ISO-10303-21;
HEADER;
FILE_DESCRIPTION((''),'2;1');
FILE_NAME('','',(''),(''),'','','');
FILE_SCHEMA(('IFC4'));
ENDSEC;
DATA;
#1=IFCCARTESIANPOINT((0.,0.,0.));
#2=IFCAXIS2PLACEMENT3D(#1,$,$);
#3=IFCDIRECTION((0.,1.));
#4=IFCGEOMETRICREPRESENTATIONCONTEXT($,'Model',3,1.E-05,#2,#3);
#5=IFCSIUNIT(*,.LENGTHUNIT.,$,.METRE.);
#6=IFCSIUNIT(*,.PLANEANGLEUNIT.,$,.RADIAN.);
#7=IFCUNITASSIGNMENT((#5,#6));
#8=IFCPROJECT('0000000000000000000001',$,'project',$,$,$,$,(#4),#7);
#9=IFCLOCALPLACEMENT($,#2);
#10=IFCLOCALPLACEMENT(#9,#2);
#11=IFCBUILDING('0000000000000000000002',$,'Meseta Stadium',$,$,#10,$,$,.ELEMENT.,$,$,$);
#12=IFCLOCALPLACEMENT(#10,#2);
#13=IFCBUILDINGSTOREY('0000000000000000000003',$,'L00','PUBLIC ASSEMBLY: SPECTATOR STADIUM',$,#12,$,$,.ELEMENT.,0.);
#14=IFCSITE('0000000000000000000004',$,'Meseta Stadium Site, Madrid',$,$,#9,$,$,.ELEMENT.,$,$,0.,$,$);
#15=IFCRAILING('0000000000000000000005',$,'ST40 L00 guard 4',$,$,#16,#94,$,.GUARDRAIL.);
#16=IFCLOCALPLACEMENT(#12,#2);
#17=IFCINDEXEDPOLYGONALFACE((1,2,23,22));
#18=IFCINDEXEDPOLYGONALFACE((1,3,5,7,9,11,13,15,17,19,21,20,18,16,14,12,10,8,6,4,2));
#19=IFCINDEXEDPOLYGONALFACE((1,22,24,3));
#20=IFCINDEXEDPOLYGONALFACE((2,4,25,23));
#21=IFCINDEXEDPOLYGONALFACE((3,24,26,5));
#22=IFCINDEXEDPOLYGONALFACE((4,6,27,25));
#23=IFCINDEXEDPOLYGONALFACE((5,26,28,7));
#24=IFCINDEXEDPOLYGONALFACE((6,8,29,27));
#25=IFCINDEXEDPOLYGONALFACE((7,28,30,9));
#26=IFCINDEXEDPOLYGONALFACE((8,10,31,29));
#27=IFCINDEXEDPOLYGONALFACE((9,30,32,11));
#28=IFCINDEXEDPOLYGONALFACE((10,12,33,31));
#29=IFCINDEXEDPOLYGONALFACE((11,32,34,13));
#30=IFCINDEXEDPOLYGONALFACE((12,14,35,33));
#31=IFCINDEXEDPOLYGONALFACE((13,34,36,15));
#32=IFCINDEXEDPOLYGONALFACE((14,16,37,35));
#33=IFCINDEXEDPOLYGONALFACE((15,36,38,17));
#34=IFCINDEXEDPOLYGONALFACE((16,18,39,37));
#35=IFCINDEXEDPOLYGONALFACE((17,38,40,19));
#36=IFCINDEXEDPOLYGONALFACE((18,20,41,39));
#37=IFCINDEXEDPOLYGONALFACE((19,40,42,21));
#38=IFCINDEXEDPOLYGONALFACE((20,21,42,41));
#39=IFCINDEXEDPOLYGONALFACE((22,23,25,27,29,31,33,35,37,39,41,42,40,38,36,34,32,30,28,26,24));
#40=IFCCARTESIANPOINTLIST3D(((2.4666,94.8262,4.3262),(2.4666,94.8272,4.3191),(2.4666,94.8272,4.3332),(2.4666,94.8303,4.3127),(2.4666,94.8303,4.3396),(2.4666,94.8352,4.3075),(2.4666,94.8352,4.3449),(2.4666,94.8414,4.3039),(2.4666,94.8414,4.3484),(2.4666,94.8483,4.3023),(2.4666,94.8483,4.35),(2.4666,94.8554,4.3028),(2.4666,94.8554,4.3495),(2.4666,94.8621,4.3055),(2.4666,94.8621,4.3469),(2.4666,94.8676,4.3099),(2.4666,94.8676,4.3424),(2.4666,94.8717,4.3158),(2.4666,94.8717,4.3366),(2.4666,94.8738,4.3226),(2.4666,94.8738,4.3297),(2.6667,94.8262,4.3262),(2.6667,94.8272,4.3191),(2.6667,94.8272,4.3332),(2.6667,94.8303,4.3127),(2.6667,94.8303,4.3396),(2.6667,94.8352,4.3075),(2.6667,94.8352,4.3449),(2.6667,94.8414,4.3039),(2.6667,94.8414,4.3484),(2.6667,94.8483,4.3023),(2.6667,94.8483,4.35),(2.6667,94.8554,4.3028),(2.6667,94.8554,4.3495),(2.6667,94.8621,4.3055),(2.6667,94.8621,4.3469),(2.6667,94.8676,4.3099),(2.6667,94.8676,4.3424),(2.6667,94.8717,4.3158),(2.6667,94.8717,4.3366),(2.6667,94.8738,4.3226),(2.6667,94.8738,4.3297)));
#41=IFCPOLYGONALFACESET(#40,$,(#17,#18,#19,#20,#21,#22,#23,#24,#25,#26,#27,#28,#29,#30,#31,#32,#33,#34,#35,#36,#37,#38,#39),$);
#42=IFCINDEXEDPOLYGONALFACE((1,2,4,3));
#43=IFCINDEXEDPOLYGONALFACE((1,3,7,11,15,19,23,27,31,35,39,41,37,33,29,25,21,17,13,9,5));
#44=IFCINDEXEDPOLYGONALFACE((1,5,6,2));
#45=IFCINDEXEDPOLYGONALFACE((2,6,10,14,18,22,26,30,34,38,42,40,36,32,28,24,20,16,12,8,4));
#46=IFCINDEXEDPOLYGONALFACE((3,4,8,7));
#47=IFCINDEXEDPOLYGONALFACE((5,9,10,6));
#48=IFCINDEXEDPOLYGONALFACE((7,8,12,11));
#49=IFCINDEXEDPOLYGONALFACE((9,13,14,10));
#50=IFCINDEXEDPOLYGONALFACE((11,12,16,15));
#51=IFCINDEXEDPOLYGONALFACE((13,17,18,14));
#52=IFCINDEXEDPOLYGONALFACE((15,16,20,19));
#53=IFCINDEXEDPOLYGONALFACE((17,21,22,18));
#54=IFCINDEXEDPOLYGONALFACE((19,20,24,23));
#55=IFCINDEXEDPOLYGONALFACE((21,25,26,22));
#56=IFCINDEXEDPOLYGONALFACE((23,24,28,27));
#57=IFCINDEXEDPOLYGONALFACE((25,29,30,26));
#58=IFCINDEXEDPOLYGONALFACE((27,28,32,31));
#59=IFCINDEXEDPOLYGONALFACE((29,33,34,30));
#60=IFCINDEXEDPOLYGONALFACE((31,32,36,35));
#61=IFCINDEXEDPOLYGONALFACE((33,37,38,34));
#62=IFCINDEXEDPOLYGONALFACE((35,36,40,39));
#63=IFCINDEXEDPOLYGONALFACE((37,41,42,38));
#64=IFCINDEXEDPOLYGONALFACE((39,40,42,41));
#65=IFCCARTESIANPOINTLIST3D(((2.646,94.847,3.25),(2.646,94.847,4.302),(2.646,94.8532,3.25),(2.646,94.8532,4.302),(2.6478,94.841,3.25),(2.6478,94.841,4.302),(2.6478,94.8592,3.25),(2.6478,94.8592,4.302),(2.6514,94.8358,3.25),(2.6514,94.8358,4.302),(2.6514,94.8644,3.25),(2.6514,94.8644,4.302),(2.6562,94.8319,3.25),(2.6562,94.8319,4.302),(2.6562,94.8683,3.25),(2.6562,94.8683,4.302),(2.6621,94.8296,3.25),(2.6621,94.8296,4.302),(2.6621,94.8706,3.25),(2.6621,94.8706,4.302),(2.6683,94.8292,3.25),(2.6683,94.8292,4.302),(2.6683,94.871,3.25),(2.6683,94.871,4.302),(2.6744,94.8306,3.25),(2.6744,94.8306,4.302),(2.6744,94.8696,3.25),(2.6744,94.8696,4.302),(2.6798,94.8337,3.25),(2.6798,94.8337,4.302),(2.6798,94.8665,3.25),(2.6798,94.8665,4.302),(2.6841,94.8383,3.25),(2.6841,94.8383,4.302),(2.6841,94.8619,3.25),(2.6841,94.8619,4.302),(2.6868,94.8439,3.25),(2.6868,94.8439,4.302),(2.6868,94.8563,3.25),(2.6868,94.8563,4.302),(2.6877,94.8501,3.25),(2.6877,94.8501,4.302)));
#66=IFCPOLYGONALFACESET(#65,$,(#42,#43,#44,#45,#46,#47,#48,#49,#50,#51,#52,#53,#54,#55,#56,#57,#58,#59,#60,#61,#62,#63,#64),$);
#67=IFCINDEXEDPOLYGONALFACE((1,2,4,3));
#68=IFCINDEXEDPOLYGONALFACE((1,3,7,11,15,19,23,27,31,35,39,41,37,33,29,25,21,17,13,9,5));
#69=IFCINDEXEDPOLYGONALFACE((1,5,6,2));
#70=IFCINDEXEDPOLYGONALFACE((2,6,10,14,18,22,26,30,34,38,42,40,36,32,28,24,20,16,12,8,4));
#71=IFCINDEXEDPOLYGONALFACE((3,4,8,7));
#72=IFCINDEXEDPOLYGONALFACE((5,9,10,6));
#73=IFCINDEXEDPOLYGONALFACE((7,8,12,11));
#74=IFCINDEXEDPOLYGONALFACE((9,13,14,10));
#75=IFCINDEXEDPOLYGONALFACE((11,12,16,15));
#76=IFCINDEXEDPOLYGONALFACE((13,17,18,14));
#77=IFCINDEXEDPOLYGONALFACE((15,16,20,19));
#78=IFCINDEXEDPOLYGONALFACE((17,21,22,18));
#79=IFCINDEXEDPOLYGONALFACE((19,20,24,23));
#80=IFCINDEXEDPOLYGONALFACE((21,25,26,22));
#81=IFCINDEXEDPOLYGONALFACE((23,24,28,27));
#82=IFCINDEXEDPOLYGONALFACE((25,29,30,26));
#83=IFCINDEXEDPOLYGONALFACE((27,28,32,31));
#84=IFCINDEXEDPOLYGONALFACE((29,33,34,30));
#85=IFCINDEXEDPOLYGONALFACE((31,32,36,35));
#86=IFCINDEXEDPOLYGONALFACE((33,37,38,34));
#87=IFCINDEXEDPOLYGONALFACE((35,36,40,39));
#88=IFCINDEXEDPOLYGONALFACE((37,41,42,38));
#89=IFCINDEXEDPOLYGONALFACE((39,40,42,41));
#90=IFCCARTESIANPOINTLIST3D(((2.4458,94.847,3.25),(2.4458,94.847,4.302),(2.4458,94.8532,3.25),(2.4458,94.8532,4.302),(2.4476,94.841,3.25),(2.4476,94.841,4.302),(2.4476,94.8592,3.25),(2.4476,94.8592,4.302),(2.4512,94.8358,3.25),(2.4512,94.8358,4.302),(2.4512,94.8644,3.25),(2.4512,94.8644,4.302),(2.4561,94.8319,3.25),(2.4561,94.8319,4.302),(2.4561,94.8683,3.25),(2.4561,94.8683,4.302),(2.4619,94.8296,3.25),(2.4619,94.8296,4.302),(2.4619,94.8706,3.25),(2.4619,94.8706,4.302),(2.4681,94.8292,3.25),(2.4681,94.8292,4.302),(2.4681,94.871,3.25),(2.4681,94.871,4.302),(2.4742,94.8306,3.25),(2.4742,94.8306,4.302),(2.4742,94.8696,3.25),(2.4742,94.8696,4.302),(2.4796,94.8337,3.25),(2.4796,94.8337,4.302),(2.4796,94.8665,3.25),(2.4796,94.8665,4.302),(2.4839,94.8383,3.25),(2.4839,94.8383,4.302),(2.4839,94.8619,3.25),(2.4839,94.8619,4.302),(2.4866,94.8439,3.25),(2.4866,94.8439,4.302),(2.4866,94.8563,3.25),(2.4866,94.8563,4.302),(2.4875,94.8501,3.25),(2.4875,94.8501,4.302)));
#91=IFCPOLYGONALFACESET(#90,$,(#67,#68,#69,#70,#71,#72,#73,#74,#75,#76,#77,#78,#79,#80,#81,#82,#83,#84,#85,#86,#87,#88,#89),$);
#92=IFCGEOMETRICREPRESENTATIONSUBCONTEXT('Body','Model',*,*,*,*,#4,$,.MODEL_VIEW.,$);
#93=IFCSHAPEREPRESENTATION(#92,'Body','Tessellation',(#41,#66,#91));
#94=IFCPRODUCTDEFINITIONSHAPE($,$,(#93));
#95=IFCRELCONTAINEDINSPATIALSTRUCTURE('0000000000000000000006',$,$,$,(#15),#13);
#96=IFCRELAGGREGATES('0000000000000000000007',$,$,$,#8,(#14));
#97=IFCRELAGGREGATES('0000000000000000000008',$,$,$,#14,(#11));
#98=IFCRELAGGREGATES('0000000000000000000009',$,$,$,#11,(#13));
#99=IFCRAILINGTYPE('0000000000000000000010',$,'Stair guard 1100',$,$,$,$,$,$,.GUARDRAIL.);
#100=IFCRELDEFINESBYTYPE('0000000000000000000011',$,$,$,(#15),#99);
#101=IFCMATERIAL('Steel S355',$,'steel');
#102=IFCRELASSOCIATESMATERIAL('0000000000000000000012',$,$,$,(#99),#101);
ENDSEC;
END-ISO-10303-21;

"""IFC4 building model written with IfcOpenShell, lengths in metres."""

from ifc_helpers import new_model, si_unit, direction, frame, origin, origin_2d, place, context, subcontext, project, spatial, circle, extrude, material, type_object, element, save


model = new_model("IFC4")

# Units and contexts
model_context = context("Model", 3, precision=1e-05, world=origin(), true_north=direction((0.0, 1.0)))
body_context = subcontext(model_context, "Body", "Model", "MODEL_VIEW")
ifc_project = project(units=[si_unit("LENGTHUNIT", "METRE"), si_unit("PLANEANGLEUNIT", "RADIAN")], contexts=[model_context])

# Site, building, storey
site_placement = place(None, origin())
site = spatial("IfcSite", under=ifc_project, at=site_placement, Name="Meseta Stadium Site, Madrid", CompositionType="ELEMENT", RefElevation=0.0)
building_placement = place(site_placement, origin())
building = spatial("IfcBuilding", under=site, at=building_placement, Name="Meseta Stadium", CompositionType="ELEMENT")
storey_placement = place(building_placement, origin())
storey = spatial("IfcBuildingStorey", under=building, at=storey_placement, Name="L00", Description="PUBLIC ASSEMBLY: SPECTATOR STADIUM", CompositionType="ELEMENT", Elevation=0.0)

# Railing
ifc_material_1 = material(Name="Steel S355", Category="steel")
railing_type_1 = type_object("IfcRailingType", Name="Stair guard 1100", PredefinedType="GUARDRAIL", material=ifc_material_1)
railing_1_placement = place(storey_placement, frame((2.6667, 94.8501, 3.25)))
element("IfcRailing", 1, at=railing_1_placement, inside=storey, type_object=railing_type_1, Name="ST40 L00 guard 4", PredefinedType="GUARDRAIL", context=body_context, shape_type="SweptSolid", body=[
    extrude(circle(Radius=0.0239, at=origin_2d()), frame((0.0, 0.0, 1.0762), z_axis=(-1.0, 0.0, 0.0), x_axis=(0.0, -1.0, 0.0)), (0.0, 0.0, 1.0), 0.2002),
    extrude(circle(Radius=0.021, at=origin_2d()), origin(), (0.0, 0.0, 1.0), 1.052),
    extrude(circle(Radius=0.021, at=origin_2d()), frame((-0.2002, 0.0, 0.0)), (0.0, 0.0, 1.0), 1.052),
])

save(model, "model.ifc")
